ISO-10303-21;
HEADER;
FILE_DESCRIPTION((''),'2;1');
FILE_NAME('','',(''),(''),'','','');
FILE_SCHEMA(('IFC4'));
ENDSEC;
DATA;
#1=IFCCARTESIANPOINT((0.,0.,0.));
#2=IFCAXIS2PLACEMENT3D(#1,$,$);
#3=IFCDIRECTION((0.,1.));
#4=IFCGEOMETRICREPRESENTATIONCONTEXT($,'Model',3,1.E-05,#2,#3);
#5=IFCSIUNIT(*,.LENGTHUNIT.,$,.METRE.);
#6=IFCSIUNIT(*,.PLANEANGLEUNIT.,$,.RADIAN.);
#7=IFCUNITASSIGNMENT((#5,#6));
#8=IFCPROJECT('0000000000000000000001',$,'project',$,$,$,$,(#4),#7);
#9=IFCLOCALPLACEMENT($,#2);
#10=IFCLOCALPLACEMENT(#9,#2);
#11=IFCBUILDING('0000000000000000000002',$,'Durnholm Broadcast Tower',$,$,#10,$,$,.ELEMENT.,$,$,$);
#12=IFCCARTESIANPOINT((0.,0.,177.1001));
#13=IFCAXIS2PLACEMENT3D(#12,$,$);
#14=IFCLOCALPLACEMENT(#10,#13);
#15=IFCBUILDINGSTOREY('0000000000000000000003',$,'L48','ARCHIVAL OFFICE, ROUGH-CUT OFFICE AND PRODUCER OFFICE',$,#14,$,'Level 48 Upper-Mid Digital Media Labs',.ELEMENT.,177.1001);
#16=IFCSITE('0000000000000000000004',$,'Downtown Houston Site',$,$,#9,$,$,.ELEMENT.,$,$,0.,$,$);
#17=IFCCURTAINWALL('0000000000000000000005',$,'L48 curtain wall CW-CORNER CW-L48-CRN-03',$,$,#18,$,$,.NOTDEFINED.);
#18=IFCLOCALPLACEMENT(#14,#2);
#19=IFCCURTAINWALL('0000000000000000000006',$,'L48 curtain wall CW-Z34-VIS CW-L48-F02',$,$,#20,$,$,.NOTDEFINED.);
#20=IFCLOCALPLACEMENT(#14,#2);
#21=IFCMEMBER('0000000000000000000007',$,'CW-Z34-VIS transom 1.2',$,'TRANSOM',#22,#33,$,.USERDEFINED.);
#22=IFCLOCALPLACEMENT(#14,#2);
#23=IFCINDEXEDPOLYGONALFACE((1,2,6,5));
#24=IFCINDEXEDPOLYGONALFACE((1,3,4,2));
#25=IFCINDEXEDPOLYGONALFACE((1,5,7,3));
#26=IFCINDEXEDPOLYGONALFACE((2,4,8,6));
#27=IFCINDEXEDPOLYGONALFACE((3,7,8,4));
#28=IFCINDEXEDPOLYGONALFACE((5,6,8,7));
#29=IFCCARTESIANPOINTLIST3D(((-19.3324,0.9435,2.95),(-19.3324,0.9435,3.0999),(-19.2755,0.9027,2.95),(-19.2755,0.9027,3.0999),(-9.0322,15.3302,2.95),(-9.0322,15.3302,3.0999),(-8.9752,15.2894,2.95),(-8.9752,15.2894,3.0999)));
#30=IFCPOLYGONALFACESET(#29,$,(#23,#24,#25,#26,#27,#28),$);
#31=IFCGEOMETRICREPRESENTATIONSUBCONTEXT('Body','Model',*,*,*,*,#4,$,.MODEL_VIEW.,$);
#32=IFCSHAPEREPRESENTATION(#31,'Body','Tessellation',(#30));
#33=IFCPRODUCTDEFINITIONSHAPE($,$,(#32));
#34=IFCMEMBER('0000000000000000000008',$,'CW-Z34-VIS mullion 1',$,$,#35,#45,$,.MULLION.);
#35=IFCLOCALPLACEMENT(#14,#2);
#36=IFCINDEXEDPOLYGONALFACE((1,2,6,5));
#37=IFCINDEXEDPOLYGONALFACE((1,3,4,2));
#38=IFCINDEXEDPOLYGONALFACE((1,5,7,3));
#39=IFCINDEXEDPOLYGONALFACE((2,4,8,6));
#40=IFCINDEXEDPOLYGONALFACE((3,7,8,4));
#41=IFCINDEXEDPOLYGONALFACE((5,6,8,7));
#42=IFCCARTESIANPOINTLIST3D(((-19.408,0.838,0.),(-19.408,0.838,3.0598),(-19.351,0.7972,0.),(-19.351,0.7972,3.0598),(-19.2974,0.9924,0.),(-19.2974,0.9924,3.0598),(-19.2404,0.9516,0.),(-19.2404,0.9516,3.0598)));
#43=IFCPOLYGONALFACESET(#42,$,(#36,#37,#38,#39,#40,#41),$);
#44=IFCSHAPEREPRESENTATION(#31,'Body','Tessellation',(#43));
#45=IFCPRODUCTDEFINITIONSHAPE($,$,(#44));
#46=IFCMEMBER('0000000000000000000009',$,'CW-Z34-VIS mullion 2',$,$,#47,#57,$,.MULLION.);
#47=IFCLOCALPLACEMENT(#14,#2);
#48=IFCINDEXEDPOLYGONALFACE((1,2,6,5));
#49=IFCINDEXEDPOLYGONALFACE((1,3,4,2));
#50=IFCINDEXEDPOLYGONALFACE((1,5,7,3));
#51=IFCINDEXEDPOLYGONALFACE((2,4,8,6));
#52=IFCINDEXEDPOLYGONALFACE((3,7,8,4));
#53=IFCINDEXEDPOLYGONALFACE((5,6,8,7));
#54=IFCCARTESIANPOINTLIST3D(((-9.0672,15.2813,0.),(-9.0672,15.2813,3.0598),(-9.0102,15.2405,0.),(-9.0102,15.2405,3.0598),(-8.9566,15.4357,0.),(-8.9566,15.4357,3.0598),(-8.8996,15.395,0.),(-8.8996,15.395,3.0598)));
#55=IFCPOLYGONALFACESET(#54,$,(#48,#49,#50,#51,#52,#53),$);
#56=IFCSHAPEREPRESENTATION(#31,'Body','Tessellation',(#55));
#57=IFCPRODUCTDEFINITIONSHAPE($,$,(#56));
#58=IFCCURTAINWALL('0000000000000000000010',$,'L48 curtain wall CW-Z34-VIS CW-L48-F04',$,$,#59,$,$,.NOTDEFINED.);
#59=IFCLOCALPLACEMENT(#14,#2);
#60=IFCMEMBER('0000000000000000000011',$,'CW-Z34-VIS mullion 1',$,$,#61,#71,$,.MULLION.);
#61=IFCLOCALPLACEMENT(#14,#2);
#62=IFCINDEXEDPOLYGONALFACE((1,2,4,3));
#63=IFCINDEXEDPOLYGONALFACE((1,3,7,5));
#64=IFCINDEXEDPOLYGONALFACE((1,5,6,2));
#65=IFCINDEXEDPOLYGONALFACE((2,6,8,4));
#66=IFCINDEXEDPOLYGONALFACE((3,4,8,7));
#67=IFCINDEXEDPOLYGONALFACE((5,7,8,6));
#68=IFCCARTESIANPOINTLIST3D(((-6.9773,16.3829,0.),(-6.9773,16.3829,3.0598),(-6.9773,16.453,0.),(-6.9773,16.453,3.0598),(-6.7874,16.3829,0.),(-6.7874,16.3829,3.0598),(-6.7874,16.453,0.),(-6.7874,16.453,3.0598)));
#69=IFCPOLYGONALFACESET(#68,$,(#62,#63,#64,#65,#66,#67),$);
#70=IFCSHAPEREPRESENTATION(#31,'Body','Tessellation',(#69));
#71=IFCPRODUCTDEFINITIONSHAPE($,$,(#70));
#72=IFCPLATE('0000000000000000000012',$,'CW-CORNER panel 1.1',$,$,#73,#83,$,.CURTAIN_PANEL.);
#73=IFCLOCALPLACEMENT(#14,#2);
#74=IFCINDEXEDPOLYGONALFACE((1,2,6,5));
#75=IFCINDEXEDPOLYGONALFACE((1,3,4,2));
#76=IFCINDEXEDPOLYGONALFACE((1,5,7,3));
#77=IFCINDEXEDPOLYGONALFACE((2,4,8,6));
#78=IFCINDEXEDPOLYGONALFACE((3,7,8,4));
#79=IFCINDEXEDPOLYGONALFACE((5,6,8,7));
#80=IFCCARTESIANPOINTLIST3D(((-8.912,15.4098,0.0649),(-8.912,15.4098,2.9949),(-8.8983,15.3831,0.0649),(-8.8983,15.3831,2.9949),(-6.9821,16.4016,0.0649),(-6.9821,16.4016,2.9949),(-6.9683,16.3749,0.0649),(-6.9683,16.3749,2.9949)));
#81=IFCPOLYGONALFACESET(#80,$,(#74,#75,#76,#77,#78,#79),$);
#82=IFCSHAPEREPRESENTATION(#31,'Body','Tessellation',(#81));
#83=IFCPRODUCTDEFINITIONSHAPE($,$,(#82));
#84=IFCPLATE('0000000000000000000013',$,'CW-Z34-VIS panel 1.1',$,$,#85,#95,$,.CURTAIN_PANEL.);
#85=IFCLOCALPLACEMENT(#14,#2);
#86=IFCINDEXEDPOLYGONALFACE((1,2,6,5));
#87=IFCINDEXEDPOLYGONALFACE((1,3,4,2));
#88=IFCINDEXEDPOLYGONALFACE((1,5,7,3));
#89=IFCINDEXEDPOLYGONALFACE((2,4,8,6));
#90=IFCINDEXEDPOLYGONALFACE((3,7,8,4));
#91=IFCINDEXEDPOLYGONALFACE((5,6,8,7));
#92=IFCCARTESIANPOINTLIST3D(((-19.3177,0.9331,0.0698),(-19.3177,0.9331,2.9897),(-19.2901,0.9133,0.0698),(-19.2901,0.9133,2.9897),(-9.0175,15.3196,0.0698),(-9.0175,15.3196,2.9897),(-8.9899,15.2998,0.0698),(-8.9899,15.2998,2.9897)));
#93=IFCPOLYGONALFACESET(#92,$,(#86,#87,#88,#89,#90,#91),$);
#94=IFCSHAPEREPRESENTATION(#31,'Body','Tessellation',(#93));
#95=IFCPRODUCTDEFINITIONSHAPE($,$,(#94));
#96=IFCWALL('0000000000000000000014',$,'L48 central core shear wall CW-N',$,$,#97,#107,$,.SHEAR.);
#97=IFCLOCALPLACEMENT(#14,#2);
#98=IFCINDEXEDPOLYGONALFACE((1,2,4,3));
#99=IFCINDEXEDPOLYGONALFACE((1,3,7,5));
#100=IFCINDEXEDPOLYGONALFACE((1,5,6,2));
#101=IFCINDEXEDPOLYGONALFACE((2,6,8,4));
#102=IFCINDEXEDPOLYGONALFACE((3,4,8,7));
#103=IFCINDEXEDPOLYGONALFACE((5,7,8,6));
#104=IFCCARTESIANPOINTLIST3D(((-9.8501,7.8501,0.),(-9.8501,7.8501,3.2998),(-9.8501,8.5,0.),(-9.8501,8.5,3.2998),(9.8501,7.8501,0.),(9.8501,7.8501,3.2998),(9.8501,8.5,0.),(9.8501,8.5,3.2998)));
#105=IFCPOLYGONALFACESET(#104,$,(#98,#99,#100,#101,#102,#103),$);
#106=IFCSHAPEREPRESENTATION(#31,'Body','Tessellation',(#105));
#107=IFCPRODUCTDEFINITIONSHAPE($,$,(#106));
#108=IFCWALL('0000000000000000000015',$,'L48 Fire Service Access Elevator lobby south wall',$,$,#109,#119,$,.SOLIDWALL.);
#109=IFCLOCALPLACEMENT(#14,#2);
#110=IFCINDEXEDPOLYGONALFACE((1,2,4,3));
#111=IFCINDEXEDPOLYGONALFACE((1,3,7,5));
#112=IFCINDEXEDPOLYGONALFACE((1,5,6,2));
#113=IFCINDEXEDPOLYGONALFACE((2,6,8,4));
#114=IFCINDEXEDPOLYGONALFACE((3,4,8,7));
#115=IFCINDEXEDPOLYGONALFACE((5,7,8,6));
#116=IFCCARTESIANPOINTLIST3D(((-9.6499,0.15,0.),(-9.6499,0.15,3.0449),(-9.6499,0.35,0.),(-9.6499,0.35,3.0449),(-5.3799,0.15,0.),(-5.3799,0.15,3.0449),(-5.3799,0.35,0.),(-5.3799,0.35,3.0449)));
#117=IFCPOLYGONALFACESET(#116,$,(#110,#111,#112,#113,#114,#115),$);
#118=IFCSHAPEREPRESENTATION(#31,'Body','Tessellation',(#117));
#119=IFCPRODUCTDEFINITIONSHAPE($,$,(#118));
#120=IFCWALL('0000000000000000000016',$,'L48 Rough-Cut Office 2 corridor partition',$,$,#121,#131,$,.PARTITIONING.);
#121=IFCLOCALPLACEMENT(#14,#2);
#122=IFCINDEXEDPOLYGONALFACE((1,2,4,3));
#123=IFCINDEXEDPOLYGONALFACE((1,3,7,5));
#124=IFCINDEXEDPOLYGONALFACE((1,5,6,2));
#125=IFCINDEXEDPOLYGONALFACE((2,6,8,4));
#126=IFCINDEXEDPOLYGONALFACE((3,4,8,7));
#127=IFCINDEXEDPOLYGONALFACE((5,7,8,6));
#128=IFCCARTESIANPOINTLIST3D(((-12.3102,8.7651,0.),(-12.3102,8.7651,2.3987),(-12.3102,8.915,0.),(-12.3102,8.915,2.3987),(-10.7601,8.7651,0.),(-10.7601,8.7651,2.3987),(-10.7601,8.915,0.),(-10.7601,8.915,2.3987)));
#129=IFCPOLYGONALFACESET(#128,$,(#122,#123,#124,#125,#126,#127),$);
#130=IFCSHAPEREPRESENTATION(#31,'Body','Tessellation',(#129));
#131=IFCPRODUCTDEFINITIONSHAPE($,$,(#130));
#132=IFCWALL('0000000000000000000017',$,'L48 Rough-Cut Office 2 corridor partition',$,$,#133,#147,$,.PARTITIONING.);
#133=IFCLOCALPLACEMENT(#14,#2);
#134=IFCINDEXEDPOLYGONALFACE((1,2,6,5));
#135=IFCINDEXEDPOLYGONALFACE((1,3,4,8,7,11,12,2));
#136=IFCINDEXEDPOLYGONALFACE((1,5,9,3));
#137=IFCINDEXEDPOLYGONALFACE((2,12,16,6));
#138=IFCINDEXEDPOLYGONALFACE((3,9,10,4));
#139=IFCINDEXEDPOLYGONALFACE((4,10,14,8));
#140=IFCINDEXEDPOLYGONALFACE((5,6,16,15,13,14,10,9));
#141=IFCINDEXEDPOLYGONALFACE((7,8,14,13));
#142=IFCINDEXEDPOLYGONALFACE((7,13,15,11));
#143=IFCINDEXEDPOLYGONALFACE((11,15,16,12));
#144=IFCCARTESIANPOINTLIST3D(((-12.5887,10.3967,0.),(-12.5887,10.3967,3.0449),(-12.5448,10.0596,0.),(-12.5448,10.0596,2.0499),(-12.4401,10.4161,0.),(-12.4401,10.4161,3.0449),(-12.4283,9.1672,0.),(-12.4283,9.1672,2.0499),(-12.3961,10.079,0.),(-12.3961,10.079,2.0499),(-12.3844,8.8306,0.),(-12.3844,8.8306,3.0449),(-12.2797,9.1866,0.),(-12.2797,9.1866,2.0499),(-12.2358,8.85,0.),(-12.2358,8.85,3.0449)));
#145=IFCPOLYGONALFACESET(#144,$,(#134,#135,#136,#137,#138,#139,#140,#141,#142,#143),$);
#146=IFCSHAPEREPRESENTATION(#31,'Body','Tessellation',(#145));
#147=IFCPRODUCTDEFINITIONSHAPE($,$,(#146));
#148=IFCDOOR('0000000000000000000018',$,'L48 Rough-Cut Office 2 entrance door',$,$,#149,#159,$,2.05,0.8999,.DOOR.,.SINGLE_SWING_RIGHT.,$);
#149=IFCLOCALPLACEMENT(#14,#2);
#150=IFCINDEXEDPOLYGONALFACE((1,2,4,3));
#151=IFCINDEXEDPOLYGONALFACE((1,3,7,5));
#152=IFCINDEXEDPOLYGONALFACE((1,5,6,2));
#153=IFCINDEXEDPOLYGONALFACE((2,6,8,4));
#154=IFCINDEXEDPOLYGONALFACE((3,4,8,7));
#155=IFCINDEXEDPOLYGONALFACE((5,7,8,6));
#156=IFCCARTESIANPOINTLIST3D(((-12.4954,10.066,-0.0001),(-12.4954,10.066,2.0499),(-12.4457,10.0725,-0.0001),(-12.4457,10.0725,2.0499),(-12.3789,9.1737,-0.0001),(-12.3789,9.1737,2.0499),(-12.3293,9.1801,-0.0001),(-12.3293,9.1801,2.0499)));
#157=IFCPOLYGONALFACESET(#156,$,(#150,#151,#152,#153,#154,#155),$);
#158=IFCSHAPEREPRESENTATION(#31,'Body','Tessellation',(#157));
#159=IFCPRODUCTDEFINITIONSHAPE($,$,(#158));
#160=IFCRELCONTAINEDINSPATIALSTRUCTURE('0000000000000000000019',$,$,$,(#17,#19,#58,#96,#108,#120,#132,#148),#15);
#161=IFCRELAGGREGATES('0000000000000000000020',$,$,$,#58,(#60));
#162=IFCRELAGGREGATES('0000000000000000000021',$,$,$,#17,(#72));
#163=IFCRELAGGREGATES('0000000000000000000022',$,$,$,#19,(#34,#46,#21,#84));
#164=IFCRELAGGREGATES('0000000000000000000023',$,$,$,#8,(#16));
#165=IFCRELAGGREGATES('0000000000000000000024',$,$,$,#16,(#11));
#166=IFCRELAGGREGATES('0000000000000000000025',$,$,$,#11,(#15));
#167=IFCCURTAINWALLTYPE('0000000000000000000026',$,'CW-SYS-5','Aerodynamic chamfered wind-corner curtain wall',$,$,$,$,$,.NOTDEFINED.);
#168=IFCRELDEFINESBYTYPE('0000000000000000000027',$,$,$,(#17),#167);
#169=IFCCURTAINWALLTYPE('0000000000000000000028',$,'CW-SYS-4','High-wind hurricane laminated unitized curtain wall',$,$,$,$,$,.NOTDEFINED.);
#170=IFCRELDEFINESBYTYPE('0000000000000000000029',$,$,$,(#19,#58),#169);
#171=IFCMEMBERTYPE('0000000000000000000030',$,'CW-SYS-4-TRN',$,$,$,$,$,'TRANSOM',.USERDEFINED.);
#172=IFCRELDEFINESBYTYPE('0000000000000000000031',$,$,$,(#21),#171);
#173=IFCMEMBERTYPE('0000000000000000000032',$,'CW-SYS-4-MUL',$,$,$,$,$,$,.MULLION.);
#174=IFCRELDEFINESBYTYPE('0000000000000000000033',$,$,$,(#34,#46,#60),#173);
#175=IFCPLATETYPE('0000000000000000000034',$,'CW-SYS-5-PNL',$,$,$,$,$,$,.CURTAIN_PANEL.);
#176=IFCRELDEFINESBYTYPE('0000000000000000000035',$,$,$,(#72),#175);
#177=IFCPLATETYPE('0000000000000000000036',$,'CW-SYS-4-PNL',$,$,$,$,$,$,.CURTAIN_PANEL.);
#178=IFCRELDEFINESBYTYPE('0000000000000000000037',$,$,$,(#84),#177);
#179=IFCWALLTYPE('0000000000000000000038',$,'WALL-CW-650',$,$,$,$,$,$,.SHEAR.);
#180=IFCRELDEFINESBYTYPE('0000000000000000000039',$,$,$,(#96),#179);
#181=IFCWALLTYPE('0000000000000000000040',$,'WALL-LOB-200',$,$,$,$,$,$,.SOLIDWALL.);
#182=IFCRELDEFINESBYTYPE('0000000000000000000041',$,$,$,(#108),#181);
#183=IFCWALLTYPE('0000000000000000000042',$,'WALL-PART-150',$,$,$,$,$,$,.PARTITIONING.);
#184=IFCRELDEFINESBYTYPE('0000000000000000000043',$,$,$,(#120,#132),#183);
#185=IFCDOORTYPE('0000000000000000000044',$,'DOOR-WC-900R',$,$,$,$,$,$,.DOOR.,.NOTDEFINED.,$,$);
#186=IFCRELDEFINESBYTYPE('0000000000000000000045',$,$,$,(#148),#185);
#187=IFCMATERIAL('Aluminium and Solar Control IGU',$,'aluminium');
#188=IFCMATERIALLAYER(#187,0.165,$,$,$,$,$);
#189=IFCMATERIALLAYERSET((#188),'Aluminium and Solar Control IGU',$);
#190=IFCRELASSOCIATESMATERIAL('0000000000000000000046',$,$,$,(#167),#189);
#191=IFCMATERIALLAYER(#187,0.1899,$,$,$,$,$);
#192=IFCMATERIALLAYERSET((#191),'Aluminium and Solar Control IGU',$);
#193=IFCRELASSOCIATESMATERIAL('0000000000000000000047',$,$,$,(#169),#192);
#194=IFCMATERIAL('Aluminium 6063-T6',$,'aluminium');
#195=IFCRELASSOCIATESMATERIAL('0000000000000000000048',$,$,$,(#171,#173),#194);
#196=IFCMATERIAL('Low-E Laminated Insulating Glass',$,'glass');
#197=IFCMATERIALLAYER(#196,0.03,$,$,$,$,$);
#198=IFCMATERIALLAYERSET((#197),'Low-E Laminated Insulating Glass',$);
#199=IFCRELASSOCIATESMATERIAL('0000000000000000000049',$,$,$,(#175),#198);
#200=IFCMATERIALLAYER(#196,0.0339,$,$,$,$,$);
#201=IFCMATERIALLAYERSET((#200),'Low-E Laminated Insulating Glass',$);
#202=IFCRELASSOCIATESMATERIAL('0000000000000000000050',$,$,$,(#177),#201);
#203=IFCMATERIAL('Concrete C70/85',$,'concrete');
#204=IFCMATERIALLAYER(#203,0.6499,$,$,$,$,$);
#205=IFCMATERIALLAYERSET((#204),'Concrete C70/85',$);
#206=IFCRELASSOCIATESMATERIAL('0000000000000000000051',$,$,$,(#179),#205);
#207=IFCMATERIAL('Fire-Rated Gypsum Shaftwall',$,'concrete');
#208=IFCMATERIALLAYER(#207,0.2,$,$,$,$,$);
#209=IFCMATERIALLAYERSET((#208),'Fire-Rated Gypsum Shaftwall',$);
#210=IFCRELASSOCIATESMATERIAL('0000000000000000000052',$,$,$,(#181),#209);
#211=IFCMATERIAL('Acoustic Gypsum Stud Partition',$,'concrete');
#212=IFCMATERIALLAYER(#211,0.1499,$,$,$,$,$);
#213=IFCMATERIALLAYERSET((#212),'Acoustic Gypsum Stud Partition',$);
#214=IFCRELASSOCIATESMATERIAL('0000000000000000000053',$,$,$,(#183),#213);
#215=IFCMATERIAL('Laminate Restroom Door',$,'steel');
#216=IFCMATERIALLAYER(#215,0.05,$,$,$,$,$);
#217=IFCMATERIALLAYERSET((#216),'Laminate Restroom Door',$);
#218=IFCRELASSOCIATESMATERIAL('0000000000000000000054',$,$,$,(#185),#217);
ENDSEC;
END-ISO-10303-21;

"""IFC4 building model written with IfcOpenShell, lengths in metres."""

from ifc_helpers import new_model, si_unit, direction, frame, frame_2d, origin, origin_2d, place, context, subcontext, project, spatial, rectangle, extrude, source, transform, mapped, material, layer, layer_set, material_profile, profile_set, type_object, type_shapes, element, fill, aggregate, save


model = new_model("IFC4")

# Units and contexts
model_context = context("Model", 3, precision=1e-05, world=origin(), true_north=direction((0.0, 1.0)))
body_context = subcontext(model_context, "Body", "Model", "MODEL_VIEW")
ifc_project = project(units=[si_unit("LENGTHUNIT", "METRE"), si_unit("PLANEANGLEUNIT", "RADIAN")], contexts=[model_context])

# Site, building, storey
site_placement = place(None, origin())
site = spatial("IfcSite", under=ifc_project, at=site_placement, Name="Downtown Houston Site", CompositionType="ELEMENT", RefElevation=0.0)
building_placement = place(site_placement, origin())
building = spatial("IfcBuilding", under=site, at=building_placement, Name="Durnholm Broadcast Tower", CompositionType="ELEMENT")
storey_placement = place(building_placement, frame((0.0, 0.0, 177.1001)))
storey = spatial("IfcBuildingStorey", under=building, at=storey_placement, Name="L48", Description="ARCHIVAL OFFICE, ROUGH-CUT OFFICE AND PRODUCER OFFICE", LongName="Level 48 Upper-Mid Digital Media Labs", CompositionType="ELEMENT", Elevation=177.1001)

# Shared definitions
ifc_material_1 = material(Name="Concrete C70/85", Category="concrete")

# Shared definitions
ifc_material_2 = material(Name="Aluminium and Solar Control IGU", Category="aluminium")
ifc_layer_1 = layer(ifc_material_2, 0.165)
ifc_layer_set_1 = layer_set([ifc_layer_1], Name="Aluminium and Solar Control IGU")
curtain_wall_type_1 = type_object("IfcCurtainWallType", Name="CW-SYS-5", Description="Aerodynamic chamfered wind-corner curtain wall", PredefinedType="NOTDEFINED", material=ifc_layer_set_1)
ifc_material_3 = material(Name="Aluminium 6063-T6", Category="aluminium")

# Curtain walls, members
curtain_wall_1_placement = place(storey_placement, origin())
curtain_wall_1 = element("IfcCurtainWall", 1, at=curtain_wall_1_placement, inside=storey, type_object=curtain_wall_type_1, Name="L48 curtain wall CW-CORNER CW-L48-CRN-03", PredefinedType="NOTDEFINED")
ifc_layer_2 = layer(ifc_material_2, 0.1899)
ifc_layer_set_2 = layer_set([ifc_layer_2], Name="Aluminium and Solar Control IGU")
curtain_wall_type_2 = type_object("IfcCurtainWallType", Name="CW-SYS-4", Description="High-wind hurricane laminated unitized curtain wall", PredefinedType="NOTDEFINED", material=ifc_layer_set_2)
curtain_wall_2_placement = place(storey_placement, origin())
curtain_wall_2 = element("IfcCurtainWall", 2, at=curtain_wall_2_placement, inside=storey, type_object=curtain_wall_type_2, Name="L48 curtain wall CW-Z34-VIS CW-L48-F02", PredefinedType="NOTDEFINED")
ifc_material_profile_1 = material_profile(ifc_material_3, rectangle(XDim=0.0701, YDim=0.1499, at=origin_2d()), Name="CWT70X150")
ifc_profile_set_1 = profile_set([ifc_material_profile_1], Name="Aluminium 6063-T6")
member_type_1 = type_object("IfcMemberType", Name="CW-SYS-4-TRN", ElementType="TRANSOM", PredefinedType="USERDEFINED", material=ifc_profile_set_1)
shared_shape_1 = source(origin(), body_context, "Body", "SweptSolid", [
    extrude(rectangle(XDim=0.0701, YDim=0.1499, at=origin_2d()), origin(), (0.0, 0.0, 1.0), 17.6938),
])
type_shapes(member_type_1, [shared_shape_1])
member_1_placement = place(storey_placement, frame((-19.304, 0.9231, 3.0249), z_axis=(0.582138, 0.81309, 0.0), x_axis=(-0.81309, 0.582138, 0.0)))
member_1 = element("IfcMember", 3, at=member_1_placement, type_object=member_type_1, Name="CW-Z34-VIS transom 1.2", ObjectType="TRANSOM", PredefinedType="USERDEFINED", context=body_context, shape_type="MappedRepresentation", body=[
    mapped(shared_shape_1, transform((0.0, 0.0, 0.0), x_axis=(1.0, 0.0, 0.0), y_axis=(0.0, 1.0, 0.0), z_axis=(0.0, 0.0, 1.0), scale=1.0)),
])
ifc_material_profile_2 = material_profile(ifc_material_3, rectangle(XDim=0.0701, YDim=0.1899, at=origin_2d()), Name="CWM70X190")
ifc_profile_set_2 = profile_set([ifc_material_profile_2], Name="Aluminium 6063-T6")
member_type_2 = type_object("IfcMemberType", Name="CW-SYS-4-MUL", PredefinedType="MULLION", material=ifc_profile_set_2)
shared_shape_2 = source(origin(), body_context, "Body", "SweptSolid", [
    extrude(rectangle(XDim=0.0701, YDim=0.1899, at=origin_2d()), origin(), (0.0, 0.0, 1.0), 3.0598),
])
type_shapes(member_type_2, [shared_shape_2])
member_2_placement = place(storey_placement, frame((-19.3242, 0.8948, 0.0), z_axis=(0.0, 0.0, 1.0), x_axis=(-0.813089, 0.582139, 0.0)))
member_2 = element("IfcMember", 4, at=member_2_placement, type_object=member_type_2, Name="CW-Z34-VIS mullion 1", PredefinedType="MULLION", context=body_context, shape_type="MappedRepresentation", body=[
    mapped(shared_shape_2, transform((0.0, 0.0, 0.0), x_axis=(1.0, 0.0, 0.0), y_axis=(0.0, 1.0, 0.0), z_axis=(0.0, 0.0, 1.0), scale=1.0)),
])
member_3_placement = place(storey_placement, frame((-8.9834, 15.3381, 0.0), z_axis=(0.0, 0.0, 1.0), x_axis=(-0.813089, 0.582139, 0.0)))
member_3 = element("IfcMember", 5, at=member_3_placement, type_object=member_type_2, Name="CW-Z34-VIS mullion 2", PredefinedType="MULLION", context=body_context, shape_type="MappedRepresentation", body=[
    mapped(shared_shape_2, transform((0.0, 0.0, 0.0), x_axis=(1.0, 0.0, 0.0), y_axis=(0.0, 1.0, 0.0), z_axis=(0.0, 0.0, 1.0), scale=1.0)),
])

# Curtain wall, member
curtain_wall_3_placement = place(storey_placement, origin())
curtain_wall_3 = element("IfcCurtainWall", 6, at=curtain_wall_3_placement, inside=storey, type_object=curtain_wall_type_2, Name="L48 curtain wall CW-Z34-VIS CW-L48-F04", PredefinedType="NOTDEFINED")
member_4_placement = place(storey_placement, frame((-6.8823, 16.418, 0.0), z_axis=(0.0, 0.0, 1.0), x_axis=(0.0, 1.0, 0.0)))
member_4 = element("IfcMember", 7, at=member_4_placement, type_object=member_type_2, Name="CW-Z34-VIS mullion 1", PredefinedType="MULLION", context=body_context, shape_type="MappedRepresentation", body=[
    mapped(shared_shape_2, transform((0.0, 0.0, 0.0), x_axis=(1.0, 0.0, 0.0), y_axis=(0.0, 1.0, 0.0), z_axis=(0.0, 0.0, 1.0), scale=1.0)),
])
aggregate(curtain_wall_3, [member_4])

# Plates
ifc_material_4 = material(Name="Low-E Laminated Insulating Glass", Category="glass")
ifc_layer_3 = layer(ifc_material_4, 0.03)
ifc_layer_set_3 = layer_set([ifc_layer_3], Name="Low-E Laminated Insulating Glass")
plate_type_1 = type_object("IfcPlateType", Name="CW-SYS-5-PNL", PredefinedType="CURTAIN_PANEL", material=ifc_layer_set_3)
shared_shape_3 = source(origin(), body_context, "Body", "SweptSolid", [
    extrude(rectangle(XDim=2.1699, YDim=0.03, at=origin_2d()), origin(), (0.0, 0.0, 1.0), 2.9299),
])
type_shapes(plate_type_1, [shared_shape_3])
plate_1_placement = place(storey_placement, frame((-7.9402, 15.8923, 0.0649), z_axis=(0.0, 0.0, 1.0), x_axis=(0.889425, 0.457082, 0.0)))
plate_1 = element("IfcPlate", 8, at=plate_1_placement, type_object=plate_type_1, Name="CW-CORNER panel 1.1", PredefinedType="CURTAIN_PANEL", context=body_context, shape_type="MappedRepresentation", body=[
    mapped(shared_shape_3, transform((0.0, 0.0, 0.0), x_axis=(1.0, 0.0, 0.0), y_axis=(0.0, 1.0, 0.0), z_axis=(0.0, 0.0, 1.0), scale=1.0)),
])
aggregate(curtain_wall_1, [plate_1])
ifc_layer_4 = layer(ifc_material_4, 0.0339)
ifc_layer_set_4 = layer_set([ifc_layer_4], Name="Low-E Laminated Insulating Glass")
plate_type_2 = type_object("IfcPlateType", Name="CW-SYS-4-PNL", PredefinedType="CURTAIN_PANEL", material=ifc_layer_set_4)
shared_shape_4 = source(origin(), body_context, "Body", "SweptSolid", [
    extrude(rectangle(XDim=17.6936, YDim=0.0339, at=origin_2d()), origin(), (0.0, 0.0, 1.0), 2.9199),
])
type_shapes(plate_type_2, [shared_shape_4])
plate_2_placement = place(storey_placement, frame((-14.1538, 8.1165, 0.0698), z_axis=(0.0, 0.0, 1.0), x_axis=(0.582139, 0.813089, 0.0)))
plate_2 = element("IfcPlate", 9, at=plate_2_placement, type_object=plate_type_2, Name="CW-Z34-VIS panel 1.1", PredefinedType="CURTAIN_PANEL", context=body_context, shape_type="MappedRepresentation", body=[
    mapped(shared_shape_4, transform((0.0, 0.0, 0.0), x_axis=(1.0, 0.0, 0.0), y_axis=(0.0, 1.0, 0.0), z_axis=(0.0, 0.0, 1.0), scale=1.0)),
])
aggregate(curtain_wall_2, [member_2, member_3, member_1, plate_2])

# Walls
ifc_layer_5 = layer(ifc_material_1, 0.6499)
ifc_layer_set_5 = layer_set([ifc_layer_5], Name="Concrete C70/85")
wall_type_1 = type_object("IfcWallType", Name="WALL-CW-650", PredefinedType="SHEAR", material=ifc_layer_set_5)
wall_1_placement = place(storey_placement, frame((-9.8501, 8.175, 0.0), z_axis=(0.0, 0.0, 1.0), x_axis=(1.0, 0.0, 0.0)))
element("IfcWall", 10, at=wall_1_placement, inside=storey, type_object=wall_type_1, Name="L48 central core shear wall CW-N", PredefinedType="SHEAR", context=body_context, shape_type="SweptSolid", body=[
    extrude(rectangle(XDim=19.7002, YDim=0.6499, at=frame_2d((9.8501, 0.0))), origin(), (0.0, 0.0, 1.0), 3.2998),
])
ifc_material_5 = material(Name="Fire-Rated Gypsum Shaftwall", Category="concrete")
ifc_layer_6 = layer(ifc_material_5, 0.2)
ifc_layer_set_6 = layer_set([ifc_layer_6], Name="Fire-Rated Gypsum Shaftwall")
wall_type_2 = type_object("IfcWallType", Name="WALL-LOB-200", PredefinedType="SOLIDWALL", material=ifc_layer_set_6)
wall_2_placement = place(storey_placement, frame((-9.6499, 0.25, 0.0), z_axis=(0.0, 0.0, 1.0), x_axis=(1.0, 0.0, 0.0)))
element("IfcWall", 11, at=wall_2_placement, inside=storey, type_object=wall_type_2, Name="L48 Fire Service Access Elevator lobby south wall", PredefinedType="SOLIDWALL", context=body_context, shape_type="SweptSolid", body=[
    extrude(rectangle(XDim=4.27, YDim=0.2, at=frame_2d((2.135, 0.0))), origin(), (0.0, 0.0, 1.0), 3.0449),
])
ifc_material_6 = material(Name="Acoustic Gypsum Stud Partition", Category="concrete")
ifc_layer_7 = layer(ifc_material_6, 0.1499)
ifc_layer_set_7 = layer_set([ifc_layer_7], Name="Acoustic Gypsum Stud Partition")
wall_type_3 = type_object("IfcWallType", Name="WALL-PART-150", PredefinedType="PARTITIONING", material=ifc_layer_set_7)
wall_3_placement = place(storey_placement, frame((-12.3101, 8.8401, 0.0), z_axis=(0.0, 0.0, 1.0), x_axis=(1.0, 0.0, 0.0)))
element("IfcWall", 12, at=wall_3_placement, inside=storey, type_object=wall_type_3, Name="L48 Rough-Cut Office 2 corridor partition", PredefinedType="PARTITIONING", context=body_context, shape_type="SweptSolid", body=[
    extrude(rectangle(XDim=1.55, YDim=0.1499, at=frame_2d((0.7749, 0.0))), origin(), (0.0, 0.0, 1.0), 2.3987),
])

# Wall, opening, door
wall_4_placement = place(storey_placement, frame((-12.5144, 10.4062, 0.0), z_axis=(0.0, 0.0, 1.0), x_axis=(0.129379, -0.991595, 0.0)))
wall_4 = element("IfcWall", 13, at=wall_4_placement, inside=storey, type_object=wall_type_3, Name="L48 Rough-Cut Office 2 corridor partition", PredefinedType="PARTITIONING", context=body_context, shape_type="SweptSolid", body=[
    extrude(rectangle(XDim=1.5793, YDim=0.1499, at=frame_2d((0.7896, 0.0))), origin(), (0.0, 0.0, 1.0), 3.0449),
])
opening_1_placement = place(wall_4_placement, frame((0.3398, 0.0, 0.0)))
opening_1 = element("IfcOpeningElement", 14, at=opening_1_placement, cuts=wall_4, PredefinedType="OPENING", context=body_context, shape_type="SweptSolid", body=[
    extrude(rectangle(XDim=0.8999, YDim=2.05, at=frame_2d((0.45, 1.0249))), frame((0.0, 0.085, 0.0), z_axis=(0.0, -1.0, 0.0), x_axis=(1.0, 0.0, 0.0)), (0.0, 0.0, 1.0), 0.1699),
])
ifc_material_7 = material(Name="Laminate Restroom Door", Category="steel")
ifc_layer_8 = layer(ifc_material_7, 0.05)
ifc_layer_set_8 = layer_set([ifc_layer_8], Name="Laminate Restroom Door")
door_type_1 = type_object("IfcDoorType", Name="DOOR-WC-900R", OperationType="NOTDEFINED", PredefinedType="DOOR", material=ifc_layer_set_8)
shared_shape_5 = source(origin(), body_context, "Body", "SweptSolid", [
    extrude(rectangle(XDim=0.8999, YDim=2.05, at=frame_2d((0.45, 1.0249))), frame((0.0, 0.0249, 0.0), z_axis=(0.0, -1.0, 0.0), x_axis=(1.0, 0.0, 0.0)), (0.0, 0.0, 1.0), 0.05),
])
type_shapes(door_type_1, [shared_shape_5])
door_1_placement = place(opening_1_placement, origin())
door_1 = element("IfcDoor", 15, at=door_1_placement, inside=storey, type_object=door_type_1, Name="L48 Rough-Cut Office 2 entrance door", OperationType="SINGLE_SWING_RIGHT", OverallHeight=2.05, OverallWidth=0.8999, PredefinedType="DOOR", context=body_context, shape_type="MappedRepresentation", body=[
    mapped(shared_shape_5, transform((0.0, 0.0, 0.0), x_axis=(1.0, 0.0, 0.0), y_axis=(0.0, 1.0, 0.0), z_axis=(0.0, 0.0, 1.0), scale=1.0)),
])
fill(opening_1, door_1)

save(model, "model.ifc")
